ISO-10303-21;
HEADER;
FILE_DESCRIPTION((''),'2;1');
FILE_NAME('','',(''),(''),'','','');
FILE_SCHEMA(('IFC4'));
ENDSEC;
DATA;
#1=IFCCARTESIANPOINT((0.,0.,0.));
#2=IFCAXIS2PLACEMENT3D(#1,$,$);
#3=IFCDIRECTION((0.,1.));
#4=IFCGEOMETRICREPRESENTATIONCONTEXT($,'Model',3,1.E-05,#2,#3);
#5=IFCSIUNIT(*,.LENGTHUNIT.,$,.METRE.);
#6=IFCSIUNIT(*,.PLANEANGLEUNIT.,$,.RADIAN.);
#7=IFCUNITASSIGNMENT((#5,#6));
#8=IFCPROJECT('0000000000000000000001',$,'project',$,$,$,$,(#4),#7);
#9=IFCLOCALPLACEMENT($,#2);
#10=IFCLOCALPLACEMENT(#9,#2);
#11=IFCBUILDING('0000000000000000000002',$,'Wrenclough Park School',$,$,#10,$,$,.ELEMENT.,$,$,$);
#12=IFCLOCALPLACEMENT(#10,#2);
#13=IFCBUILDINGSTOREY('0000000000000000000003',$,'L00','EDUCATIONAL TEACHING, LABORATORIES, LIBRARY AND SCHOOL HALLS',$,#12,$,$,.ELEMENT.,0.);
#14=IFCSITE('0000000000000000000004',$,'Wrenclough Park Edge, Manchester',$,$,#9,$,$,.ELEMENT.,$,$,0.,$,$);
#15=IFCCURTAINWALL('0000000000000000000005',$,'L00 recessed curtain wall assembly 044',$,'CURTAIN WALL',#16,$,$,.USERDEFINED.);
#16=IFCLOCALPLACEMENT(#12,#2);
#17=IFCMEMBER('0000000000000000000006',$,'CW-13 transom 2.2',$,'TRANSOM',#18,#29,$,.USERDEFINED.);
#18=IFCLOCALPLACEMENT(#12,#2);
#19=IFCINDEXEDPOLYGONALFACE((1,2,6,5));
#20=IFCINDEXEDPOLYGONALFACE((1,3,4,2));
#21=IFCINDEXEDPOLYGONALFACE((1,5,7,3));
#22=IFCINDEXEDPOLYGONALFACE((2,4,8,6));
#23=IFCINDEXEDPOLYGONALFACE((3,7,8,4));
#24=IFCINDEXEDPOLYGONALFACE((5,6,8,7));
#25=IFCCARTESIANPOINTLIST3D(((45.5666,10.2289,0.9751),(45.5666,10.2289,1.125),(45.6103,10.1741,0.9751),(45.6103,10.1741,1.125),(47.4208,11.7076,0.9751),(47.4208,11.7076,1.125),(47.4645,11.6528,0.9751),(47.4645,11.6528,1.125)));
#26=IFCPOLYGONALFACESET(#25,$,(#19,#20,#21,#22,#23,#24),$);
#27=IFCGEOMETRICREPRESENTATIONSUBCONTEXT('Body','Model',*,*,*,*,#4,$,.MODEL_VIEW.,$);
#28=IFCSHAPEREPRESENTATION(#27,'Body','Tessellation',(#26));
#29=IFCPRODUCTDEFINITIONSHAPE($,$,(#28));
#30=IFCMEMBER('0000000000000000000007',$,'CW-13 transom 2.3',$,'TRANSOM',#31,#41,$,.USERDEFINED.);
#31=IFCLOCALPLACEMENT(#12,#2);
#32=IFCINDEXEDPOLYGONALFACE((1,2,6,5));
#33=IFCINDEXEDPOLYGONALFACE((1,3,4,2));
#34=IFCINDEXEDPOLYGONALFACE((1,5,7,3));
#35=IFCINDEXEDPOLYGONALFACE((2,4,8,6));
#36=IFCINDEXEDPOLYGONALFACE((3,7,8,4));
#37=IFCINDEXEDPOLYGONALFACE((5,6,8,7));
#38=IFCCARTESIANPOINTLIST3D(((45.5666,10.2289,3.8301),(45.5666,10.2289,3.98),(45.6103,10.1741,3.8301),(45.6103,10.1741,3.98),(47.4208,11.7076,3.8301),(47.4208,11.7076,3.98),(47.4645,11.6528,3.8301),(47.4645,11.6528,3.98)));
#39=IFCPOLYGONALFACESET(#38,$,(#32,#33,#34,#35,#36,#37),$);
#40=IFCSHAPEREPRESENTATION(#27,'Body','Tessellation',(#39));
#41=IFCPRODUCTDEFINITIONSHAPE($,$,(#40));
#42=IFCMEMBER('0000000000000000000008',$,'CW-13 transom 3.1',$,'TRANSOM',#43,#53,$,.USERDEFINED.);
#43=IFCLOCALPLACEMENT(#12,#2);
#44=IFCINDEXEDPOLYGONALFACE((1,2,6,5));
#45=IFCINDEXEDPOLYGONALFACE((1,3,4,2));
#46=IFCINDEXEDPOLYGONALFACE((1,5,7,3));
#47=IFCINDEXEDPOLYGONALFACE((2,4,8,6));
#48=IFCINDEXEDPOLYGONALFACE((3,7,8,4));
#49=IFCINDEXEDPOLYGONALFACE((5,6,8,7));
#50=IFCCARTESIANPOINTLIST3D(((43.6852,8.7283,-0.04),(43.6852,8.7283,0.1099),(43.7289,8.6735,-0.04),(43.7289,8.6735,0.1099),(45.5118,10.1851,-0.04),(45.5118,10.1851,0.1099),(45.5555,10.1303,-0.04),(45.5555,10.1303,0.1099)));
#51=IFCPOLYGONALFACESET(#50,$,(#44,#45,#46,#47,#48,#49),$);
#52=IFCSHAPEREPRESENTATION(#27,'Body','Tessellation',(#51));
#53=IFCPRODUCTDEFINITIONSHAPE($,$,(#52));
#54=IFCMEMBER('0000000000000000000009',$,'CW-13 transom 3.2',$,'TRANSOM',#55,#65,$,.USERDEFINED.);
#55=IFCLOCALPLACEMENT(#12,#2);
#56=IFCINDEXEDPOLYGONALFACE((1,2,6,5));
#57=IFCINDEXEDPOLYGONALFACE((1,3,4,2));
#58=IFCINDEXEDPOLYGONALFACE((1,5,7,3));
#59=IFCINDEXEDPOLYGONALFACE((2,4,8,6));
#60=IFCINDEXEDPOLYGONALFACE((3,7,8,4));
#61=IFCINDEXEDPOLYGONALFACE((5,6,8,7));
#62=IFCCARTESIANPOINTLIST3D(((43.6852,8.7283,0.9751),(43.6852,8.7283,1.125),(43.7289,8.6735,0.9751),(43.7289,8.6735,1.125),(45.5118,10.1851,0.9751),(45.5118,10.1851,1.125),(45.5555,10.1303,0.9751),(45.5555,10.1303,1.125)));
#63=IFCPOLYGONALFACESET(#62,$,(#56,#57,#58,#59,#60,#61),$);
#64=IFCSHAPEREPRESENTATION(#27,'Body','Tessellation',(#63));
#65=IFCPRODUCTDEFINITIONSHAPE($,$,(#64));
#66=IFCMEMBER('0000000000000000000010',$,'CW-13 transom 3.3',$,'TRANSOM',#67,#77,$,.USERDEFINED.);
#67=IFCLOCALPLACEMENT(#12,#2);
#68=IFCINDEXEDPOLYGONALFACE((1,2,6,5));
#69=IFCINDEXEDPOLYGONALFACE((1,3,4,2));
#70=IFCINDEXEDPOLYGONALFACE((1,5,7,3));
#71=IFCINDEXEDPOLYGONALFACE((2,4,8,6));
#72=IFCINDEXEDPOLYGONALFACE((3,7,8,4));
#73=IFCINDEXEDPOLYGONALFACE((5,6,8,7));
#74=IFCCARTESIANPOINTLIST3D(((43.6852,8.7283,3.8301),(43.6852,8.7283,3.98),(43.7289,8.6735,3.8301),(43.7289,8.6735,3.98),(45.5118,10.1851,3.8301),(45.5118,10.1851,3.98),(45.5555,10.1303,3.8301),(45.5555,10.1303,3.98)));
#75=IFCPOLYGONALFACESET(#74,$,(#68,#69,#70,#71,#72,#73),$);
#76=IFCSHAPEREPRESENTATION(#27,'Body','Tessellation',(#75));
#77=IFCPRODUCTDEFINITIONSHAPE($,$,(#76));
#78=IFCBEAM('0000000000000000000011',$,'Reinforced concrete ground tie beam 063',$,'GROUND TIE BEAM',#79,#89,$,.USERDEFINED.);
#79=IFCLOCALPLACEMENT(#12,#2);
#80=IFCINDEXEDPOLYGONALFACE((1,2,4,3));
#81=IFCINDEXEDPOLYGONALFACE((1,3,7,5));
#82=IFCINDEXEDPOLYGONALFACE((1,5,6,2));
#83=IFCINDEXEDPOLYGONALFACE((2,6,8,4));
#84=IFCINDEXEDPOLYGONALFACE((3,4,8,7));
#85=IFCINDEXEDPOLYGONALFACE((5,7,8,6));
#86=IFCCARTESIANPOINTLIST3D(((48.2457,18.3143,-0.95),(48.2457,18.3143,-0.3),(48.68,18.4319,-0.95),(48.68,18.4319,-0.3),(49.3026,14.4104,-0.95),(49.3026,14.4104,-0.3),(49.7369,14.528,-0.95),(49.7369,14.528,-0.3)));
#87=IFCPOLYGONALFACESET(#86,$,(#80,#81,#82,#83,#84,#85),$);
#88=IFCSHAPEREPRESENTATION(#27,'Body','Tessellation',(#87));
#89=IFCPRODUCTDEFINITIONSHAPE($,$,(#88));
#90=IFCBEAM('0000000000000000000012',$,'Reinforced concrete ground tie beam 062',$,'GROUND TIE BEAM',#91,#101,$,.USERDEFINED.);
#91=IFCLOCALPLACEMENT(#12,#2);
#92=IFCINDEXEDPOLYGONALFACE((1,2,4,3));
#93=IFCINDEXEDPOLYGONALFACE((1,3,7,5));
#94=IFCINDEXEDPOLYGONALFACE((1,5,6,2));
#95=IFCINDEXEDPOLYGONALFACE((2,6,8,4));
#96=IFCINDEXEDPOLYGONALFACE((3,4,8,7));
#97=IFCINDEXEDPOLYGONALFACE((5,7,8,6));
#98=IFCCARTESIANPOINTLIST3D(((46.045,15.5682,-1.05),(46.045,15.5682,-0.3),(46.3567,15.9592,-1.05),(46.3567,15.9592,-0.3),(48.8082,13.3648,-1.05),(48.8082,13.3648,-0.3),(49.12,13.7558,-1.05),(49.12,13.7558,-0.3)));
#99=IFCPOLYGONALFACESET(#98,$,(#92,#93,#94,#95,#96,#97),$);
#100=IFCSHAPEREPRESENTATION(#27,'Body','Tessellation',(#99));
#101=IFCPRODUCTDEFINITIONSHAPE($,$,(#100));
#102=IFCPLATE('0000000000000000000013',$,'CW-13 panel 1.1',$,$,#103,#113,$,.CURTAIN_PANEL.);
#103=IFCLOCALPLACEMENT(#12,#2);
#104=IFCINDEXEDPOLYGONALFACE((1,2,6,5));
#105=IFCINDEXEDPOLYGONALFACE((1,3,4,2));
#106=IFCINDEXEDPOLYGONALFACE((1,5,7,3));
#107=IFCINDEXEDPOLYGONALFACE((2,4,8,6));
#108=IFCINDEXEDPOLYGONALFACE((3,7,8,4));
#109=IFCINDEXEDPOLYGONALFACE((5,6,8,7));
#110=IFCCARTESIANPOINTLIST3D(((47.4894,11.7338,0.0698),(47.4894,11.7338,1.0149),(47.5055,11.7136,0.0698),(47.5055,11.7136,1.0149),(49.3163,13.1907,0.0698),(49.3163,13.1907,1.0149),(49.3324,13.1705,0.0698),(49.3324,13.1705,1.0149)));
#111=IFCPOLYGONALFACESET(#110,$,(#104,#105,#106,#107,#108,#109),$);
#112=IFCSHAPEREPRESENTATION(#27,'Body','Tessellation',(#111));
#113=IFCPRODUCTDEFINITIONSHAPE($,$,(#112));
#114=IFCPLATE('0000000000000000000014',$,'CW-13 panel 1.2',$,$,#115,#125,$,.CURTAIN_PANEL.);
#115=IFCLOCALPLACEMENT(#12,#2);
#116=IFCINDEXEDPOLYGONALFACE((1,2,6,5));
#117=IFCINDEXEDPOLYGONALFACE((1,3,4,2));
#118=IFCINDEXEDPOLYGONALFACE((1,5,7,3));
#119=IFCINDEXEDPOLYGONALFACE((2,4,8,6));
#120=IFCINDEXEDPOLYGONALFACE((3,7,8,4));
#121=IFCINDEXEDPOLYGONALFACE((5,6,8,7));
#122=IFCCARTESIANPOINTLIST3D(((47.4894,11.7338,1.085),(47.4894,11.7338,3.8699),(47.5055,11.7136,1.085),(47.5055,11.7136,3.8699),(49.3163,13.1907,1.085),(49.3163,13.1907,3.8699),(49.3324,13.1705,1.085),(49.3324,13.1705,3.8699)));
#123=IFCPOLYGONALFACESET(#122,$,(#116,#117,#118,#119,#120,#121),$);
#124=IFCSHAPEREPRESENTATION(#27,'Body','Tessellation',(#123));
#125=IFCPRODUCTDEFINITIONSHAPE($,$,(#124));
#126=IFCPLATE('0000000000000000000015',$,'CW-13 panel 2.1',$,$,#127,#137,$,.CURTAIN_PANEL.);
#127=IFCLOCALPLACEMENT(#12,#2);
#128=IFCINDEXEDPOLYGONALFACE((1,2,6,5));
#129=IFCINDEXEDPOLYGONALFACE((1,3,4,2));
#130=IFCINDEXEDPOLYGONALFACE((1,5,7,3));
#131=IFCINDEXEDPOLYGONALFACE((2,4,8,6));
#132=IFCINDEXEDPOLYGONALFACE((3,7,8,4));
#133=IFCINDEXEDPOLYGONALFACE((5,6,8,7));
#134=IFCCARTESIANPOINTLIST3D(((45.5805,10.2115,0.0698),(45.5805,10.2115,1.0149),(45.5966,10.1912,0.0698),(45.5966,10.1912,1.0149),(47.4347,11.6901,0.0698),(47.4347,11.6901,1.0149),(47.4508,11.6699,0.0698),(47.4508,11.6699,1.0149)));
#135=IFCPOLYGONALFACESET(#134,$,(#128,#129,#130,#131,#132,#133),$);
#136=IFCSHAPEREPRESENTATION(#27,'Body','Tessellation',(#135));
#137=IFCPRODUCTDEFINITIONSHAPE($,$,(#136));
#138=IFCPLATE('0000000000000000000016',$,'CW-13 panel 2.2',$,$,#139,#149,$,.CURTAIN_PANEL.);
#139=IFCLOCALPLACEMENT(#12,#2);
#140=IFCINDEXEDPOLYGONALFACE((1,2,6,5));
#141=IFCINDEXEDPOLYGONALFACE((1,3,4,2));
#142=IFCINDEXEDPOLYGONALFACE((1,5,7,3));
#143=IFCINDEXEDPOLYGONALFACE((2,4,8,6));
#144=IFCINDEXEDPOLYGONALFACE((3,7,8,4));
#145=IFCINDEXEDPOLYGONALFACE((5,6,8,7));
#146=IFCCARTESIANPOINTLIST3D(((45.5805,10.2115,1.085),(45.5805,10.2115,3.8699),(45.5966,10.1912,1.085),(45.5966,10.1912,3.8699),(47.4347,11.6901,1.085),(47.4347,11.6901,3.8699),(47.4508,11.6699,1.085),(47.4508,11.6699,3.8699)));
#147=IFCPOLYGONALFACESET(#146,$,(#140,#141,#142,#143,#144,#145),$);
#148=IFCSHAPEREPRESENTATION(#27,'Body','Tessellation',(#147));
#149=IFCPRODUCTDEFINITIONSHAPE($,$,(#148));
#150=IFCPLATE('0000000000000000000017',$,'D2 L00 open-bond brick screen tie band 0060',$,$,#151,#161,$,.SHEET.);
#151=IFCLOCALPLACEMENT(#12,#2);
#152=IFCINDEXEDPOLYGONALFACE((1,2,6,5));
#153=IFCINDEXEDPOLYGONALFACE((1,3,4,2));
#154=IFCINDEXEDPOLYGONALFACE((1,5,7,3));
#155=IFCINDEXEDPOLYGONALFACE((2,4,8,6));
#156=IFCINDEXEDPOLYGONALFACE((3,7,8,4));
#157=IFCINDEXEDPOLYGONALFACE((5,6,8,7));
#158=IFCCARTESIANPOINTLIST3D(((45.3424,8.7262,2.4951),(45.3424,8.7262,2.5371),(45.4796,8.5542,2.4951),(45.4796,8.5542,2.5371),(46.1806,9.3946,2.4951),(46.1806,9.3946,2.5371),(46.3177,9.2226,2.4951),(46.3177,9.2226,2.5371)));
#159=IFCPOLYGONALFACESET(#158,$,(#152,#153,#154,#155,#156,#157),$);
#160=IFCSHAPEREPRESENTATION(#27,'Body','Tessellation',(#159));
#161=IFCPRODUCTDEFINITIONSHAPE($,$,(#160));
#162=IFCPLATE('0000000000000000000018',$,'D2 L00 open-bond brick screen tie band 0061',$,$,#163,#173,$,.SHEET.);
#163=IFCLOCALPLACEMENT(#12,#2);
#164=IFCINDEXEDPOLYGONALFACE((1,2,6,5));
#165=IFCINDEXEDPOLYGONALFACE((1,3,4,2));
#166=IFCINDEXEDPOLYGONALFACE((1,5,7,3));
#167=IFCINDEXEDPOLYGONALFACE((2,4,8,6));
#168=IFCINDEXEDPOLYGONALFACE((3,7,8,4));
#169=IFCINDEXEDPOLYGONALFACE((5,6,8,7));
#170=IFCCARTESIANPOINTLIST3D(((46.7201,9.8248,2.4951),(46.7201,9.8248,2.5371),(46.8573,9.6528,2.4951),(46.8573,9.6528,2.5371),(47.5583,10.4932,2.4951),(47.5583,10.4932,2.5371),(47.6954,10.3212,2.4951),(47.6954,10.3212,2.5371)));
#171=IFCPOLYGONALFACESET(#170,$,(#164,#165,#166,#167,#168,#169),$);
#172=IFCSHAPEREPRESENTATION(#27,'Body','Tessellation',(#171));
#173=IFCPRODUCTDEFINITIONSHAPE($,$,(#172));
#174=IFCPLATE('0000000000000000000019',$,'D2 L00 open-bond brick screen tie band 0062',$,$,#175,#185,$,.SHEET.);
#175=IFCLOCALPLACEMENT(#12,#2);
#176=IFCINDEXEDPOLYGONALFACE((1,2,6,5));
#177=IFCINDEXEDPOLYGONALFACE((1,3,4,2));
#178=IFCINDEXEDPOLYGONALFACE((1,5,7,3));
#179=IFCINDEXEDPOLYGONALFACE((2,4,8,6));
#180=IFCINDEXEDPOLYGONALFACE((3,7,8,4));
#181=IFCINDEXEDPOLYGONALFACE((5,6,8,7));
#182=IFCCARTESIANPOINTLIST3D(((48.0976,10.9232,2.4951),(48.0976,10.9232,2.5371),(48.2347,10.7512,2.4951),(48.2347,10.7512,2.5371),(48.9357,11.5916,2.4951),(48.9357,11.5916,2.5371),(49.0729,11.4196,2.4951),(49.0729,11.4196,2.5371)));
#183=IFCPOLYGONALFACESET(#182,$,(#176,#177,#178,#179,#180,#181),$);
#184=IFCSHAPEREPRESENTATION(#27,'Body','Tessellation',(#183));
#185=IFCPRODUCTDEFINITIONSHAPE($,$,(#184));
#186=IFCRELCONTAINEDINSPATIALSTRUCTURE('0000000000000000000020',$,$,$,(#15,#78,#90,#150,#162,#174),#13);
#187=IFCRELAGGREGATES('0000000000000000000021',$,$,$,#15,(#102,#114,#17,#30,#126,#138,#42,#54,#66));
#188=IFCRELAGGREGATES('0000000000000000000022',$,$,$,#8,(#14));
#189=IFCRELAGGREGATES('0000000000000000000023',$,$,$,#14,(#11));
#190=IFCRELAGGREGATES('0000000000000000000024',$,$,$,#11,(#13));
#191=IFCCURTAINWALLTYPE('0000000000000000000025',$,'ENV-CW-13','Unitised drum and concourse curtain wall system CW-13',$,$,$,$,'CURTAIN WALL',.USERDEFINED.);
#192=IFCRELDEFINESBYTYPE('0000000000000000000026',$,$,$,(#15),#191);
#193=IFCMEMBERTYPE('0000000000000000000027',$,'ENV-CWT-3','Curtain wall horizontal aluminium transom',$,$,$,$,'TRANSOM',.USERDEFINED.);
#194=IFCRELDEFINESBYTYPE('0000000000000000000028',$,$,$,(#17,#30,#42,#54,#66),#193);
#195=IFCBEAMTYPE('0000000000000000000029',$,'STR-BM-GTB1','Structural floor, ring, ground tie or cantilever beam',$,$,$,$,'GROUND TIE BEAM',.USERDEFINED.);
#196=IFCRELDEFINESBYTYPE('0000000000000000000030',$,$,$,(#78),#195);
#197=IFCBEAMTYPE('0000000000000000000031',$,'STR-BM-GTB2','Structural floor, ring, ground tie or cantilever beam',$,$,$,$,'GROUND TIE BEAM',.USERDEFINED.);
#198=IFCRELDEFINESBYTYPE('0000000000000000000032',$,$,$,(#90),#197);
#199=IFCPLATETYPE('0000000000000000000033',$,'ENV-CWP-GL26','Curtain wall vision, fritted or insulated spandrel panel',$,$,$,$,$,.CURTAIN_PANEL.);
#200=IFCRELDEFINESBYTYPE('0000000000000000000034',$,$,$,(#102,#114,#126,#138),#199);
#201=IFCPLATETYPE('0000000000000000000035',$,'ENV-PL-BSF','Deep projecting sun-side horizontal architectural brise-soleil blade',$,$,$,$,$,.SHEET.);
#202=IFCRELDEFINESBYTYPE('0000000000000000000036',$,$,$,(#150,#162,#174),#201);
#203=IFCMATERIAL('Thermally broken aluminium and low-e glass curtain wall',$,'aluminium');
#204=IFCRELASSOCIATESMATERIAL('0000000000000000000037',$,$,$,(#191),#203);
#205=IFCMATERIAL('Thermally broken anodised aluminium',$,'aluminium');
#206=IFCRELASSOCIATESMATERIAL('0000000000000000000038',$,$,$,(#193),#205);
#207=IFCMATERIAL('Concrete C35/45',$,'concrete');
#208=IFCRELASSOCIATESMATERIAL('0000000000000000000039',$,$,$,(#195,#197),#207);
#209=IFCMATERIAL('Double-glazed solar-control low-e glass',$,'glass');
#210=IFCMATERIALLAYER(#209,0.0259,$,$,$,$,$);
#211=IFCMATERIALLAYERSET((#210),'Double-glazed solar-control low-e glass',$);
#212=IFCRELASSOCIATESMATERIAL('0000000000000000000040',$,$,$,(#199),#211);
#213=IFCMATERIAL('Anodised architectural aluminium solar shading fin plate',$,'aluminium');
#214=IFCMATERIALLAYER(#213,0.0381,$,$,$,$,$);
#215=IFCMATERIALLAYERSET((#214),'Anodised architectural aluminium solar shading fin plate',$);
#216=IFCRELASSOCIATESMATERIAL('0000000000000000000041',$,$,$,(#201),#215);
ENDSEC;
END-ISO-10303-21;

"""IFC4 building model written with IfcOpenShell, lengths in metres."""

from ifc_helpers import new_model, si_unit, direction, frame, origin, origin_2d, place, context, subcontext, project, spatial, rectangle, extrude, material, layer, layer_set, material_profile, profile_set, type_object, element, aggregate, save


model = new_model("IFC4")

# Units and contexts
model_context = context("Model", 3, precision=1e-05, world=origin(), true_north=direction((0.0, 1.0)))
body_context = subcontext(model_context, "Body", "Model", "MODEL_VIEW")
ifc_project = project(units=[si_unit("LENGTHUNIT", "METRE"), si_unit("PLANEANGLEUNIT", "RADIAN")], contexts=[model_context])

# Site, building, storey
site_placement = place(None, origin())
site = spatial("IfcSite", under=ifc_project, at=site_placement, Name="Wrenclough Park Edge, Manchester", CompositionType="ELEMENT", RefElevation=0.0)
building_placement = place(site_placement, origin())
building = spatial("IfcBuilding", under=site, at=building_placement, Name="Wrenclough Park School", CompositionType="ELEMENT")
storey_placement = place(building_placement, origin())
storey = spatial("IfcBuildingStorey", under=building, at=storey_placement, Name="L00", Description="EDUCATIONAL TEACHING, LABORATORIES, LIBRARY AND SCHOOL HALLS", CompositionType="ELEMENT", Elevation=0.0)

# Shared definitions
ifc_material_1 = material(Name="Concrete C35/45", Category="concrete")

# Curtain wall, members
ifc_material_2 = material(Name="Thermally broken aluminium and low-e glass curtain wall", Category="aluminium")
curtain_wall_type = type_object("IfcCurtainWallType", Name="ENV-CW-13", Description="Unitised drum and concourse curtain wall system CW-13", ElementType="CURTAIN WALL", PredefinedType="USERDEFINED", material=ifc_material_2)
curtain_wall_placement = place(storey_placement, origin())
curtain_wall = element("IfcCurtainWall", 1, at=curtain_wall_placement, inside=storey, type_object=curtain_wall_type, Name="L00 recessed curtain wall assembly 044", ObjectType="CURTAIN WALL", PredefinedType="USERDEFINED")
ifc_material_3 = material(Name="Thermally broken anodised aluminium", Category="aluminium")
ifc_material_profile_1 = material_profile(ifc_material_3, rectangle(XDim=0.0701, YDim=0.1499, at=origin_2d()), Name="AL TRANSOM 70x150")
ifc_profile_set_1 = profile_set([ifc_material_profile_1], Name="Thermally broken anodised aluminium")
member_type_1 = type_object("IfcMemberType", Name="ENV-CWT-3", Description="Curtain wall horizontal aluminium transom", ElementType="TRANSOM", PredefinedType="USERDEFINED", material=ifc_profile_set_1)
member_1_placement = place(storey_placement, frame((47.4426, 11.6802, 1.05), z_axis=(-0.781822, -0.623502, 0.0), x_axis=(0.623502, -0.781822, 0.0)))
member_1 = element("IfcMember", 2, at=member_1_placement, type_object=member_type_1, Name="CW-13 transom 2.2", ObjectType="TRANSOM", PredefinedType="USERDEFINED", context=body_context, shape_type="SweptSolid", body=[
    extrude(rectangle(XDim=0.0701, YDim=0.1499, at=origin_2d()), origin(), (0.0, 0.0, 1.0), 2.3716),
])
member_2_placement = place(storey_placement, frame((47.4426, 11.6802, 3.905), z_axis=(-0.781822, -0.623502, 0.0), x_axis=(0.623502, -0.781822, 0.0)))
member_2 = element("IfcMember", 3, at=member_2_placement, type_object=member_type_1, Name="CW-13 transom 2.3", ObjectType="TRANSOM", PredefinedType="USERDEFINED", context=body_context, shape_type="SweptSolid", body=[
    extrude(rectangle(XDim=0.0701, YDim=0.1499, at=origin_2d()), origin(), (0.0, 0.0, 1.0), 2.3716),
])
member_3_placement = place(storey_placement, frame((45.5337, 10.1577, 0.0349), z_axis=(-0.781816, -0.623509, 0.0), x_axis=(0.623509, -0.781816, 0.0)))
member_3 = element("IfcMember", 4, at=member_3_placement, type_object=member_type_1, Name="CW-13 transom 3.1", ObjectType="TRANSOM", PredefinedType="USERDEFINED", context=body_context, shape_type="SweptSolid", body=[
    extrude(rectangle(XDim=0.0701, YDim=0.1499, at=origin_2d()), origin(), (0.0, 0.0, 1.0), 2.3364),
])
member_4_placement = place(storey_placement, frame((45.5337, 10.1577, 1.05), z_axis=(-0.781816, -0.623509, 0.0), x_axis=(0.623509, -0.781816, 0.0)))
member_4 = element("IfcMember", 5, at=member_4_placement, type_object=member_type_1, Name="CW-13 transom 3.2", ObjectType="TRANSOM", PredefinedType="USERDEFINED", context=body_context, shape_type="SweptSolid", body=[
    extrude(rectangle(XDim=0.0701, YDim=0.1499, at=origin_2d()), origin(), (0.0, 0.0, 1.0), 2.3364),
])
member_5_placement = place(storey_placement, frame((45.5337, 10.1577, 3.905), z_axis=(-0.781816, -0.623509, 0.0), x_axis=(0.623509, -0.781816, 0.0)))
member_5 = element("IfcMember", 6, at=member_5_placement, type_object=member_type_1, Name="CW-13 transom 3.3", ObjectType="TRANSOM", PredefinedType="USERDEFINED", context=body_context, shape_type="SweptSolid", body=[
    extrude(rectangle(XDim=0.0701, YDim=0.1499, at=origin_2d()), origin(), (0.0, 0.0, 1.0), 2.3364),
])

# Beams
ifc_material_profile_2 = material_profile(ifc_material_1, rectangle(XDim=0.45, YDim=0.6499, at=origin_2d()), Name="RC GROUND 450x650")
ifc_profile_set_2 = profile_set([ifc_material_profile_2], Name="Concrete C35/45")
beam_type_1 = type_object("IfcBeamType", Name="STR-BM-GTB1", Description="Structural floor, ring, ground tie or cantilever beam", ElementType="GROUND TIE BEAM", PredefinedType="USERDEFINED", material=ifc_profile_set_2)
beam_1_placement = place(storey_placement, frame((49.5198, 14.4692, -0.625), z_axis=(-0.261324, 0.965251, 0.0), x_axis=(-0.965251, -0.261324, 0.0)))
element("IfcBeam", 7, at=beam_1_placement, inside=storey, type_object=beam_type_1, Name="Reinforced concrete ground tie beam 063", ObjectType="GROUND TIE BEAM", PredefinedType="USERDEFINED", context=body_context, shape_type="SweptSolid", body=[
    extrude(rectangle(XDim=0.45, YDim=0.6499, at=origin_2d()), origin(), (0.0, 0.0, 1.0), 4.0444),
])
ifc_material_profile_3 = material_profile(ifc_material_1, rectangle(XDim=0.5, YDim=0.75, at=origin_2d()), Name="RC GROUND 500x750")
ifc_profile_set_3 = profile_set([ifc_material_profile_3], Name="Concrete C35/45")
beam_type_2 = type_object("IfcBeamType", Name="STR-BM-GTB2", Description="Structural floor, ring, ground tie or cantilever beam", ElementType="GROUND TIE BEAM", PredefinedType="USERDEFINED", material=ifc_profile_set_3)
beam_2_placement = place(storey_placement, frame((48.9641, 13.5603, -0.675), z_axis=(-0.781859, 0.623456, 0.0), x_axis=(-0.623456, -0.781859, 0.0)))
element("IfcBeam", 8, at=beam_2_placement, inside=storey, type_object=beam_type_2, Name="Reinforced concrete ground tie beam 062", ObjectType="GROUND TIE BEAM", PredefinedType="USERDEFINED", context=body_context, shape_type="SweptSolid", body=[
    extrude(rectangle(XDim=0.5, YDim=0.75, at=origin_2d()), origin(), (0.0, 0.0, 1.0), 3.5342),
])

# Plates
ifc_material_4 = material(Name="Double-glazed solar-control low-e glass", Category="glass")
ifc_layer_1 = layer(ifc_material_4, 0.0259)
ifc_layer_set_1 = layer_set([ifc_layer_1], Name="Double-glazed solar-control low-e glass")
plate_type_1 = type_object("IfcPlateType", Name="ENV-CWP-GL26", Description="Curtain wall vision, fritted or insulated spandrel panel", PredefinedType="CURTAIN_PANEL", material=ifc_layer_set_1)
plate_1_placement = place(storey_placement, frame((48.4109, 12.4521, 0.0698), z_axis=(0.0, 0.0, 1.0), x_axis=(-0.781836, -0.623484, 0.0)))
plate_1 = element("IfcPlate", 9, at=plate_1_placement, type_object=plate_type_1, Name="CW-13 panel 1.1", PredefinedType="CURTAIN_PANEL", context=body_context, shape_type="SweptSolid", body=[
    extrude(rectangle(XDim=2.3367, YDim=0.0259, at=origin_2d()), origin(), (0.0, 0.0, 1.0), 0.9451),
])
plate_2_placement = place(storey_placement, frame((48.4109, 12.4521, 1.085), z_axis=(0.0, 0.0, 1.0), x_axis=(-0.781836, -0.623484, 0.0)))
plate_2 = element("IfcPlate", 10, at=plate_2_placement, type_object=plate_type_1, Name="CW-13 panel 1.2", PredefinedType="CURTAIN_PANEL", context=body_context, shape_type="SweptSolid", body=[
    extrude(rectangle(XDim=2.3367, YDim=0.0259, at=origin_2d()), origin(), (0.0, 0.0, 1.0), 2.7849),
])
plate_3_placement = place(storey_placement, frame((46.5156, 10.9407, 0.0698), z_axis=(0.0, 0.0, 1.0), x_axis=(-0.781836, -0.623484, 0.0)))
plate_3 = element("IfcPlate", 11, at=plate_3_placement, type_object=plate_type_1, Name="CW-13 panel 2.1", PredefinedType="CURTAIN_PANEL", context=body_context, shape_type="SweptSolid", body=[
    extrude(rectangle(XDim=2.3716, YDim=0.0259, at=origin_2d()), origin(), (0.0, 0.0, 1.0), 0.9451),
])
plate_4_placement = place(storey_placement, frame((46.5156, 10.9407, 1.085), z_axis=(0.0, 0.0, 1.0), x_axis=(-0.781836, -0.623484, 0.0)))
plate_4 = element("IfcPlate", 12, at=plate_4_placement, type_object=plate_type_1, Name="CW-13 panel 2.2", PredefinedType="CURTAIN_PANEL", context=body_context, shape_type="SweptSolid", body=[
    extrude(rectangle(XDim=2.3716, YDim=0.0259, at=origin_2d()), origin(), (0.0, 0.0, 1.0), 2.7849),
])
aggregate(curtain_wall, [plate_1, plate_2, member_1, member_2, plate_3, plate_4, member_3, member_4, member_5])

# Plates
ifc_material_5 = material(Name="Anodised architectural aluminium solar shading fin plate", Category="aluminium")
ifc_layer_2 = layer(ifc_material_5, 0.0381)
ifc_layer_set_2 = layer_set([ifc_layer_2], Name="Anodised architectural aluminium solar shading fin plate")
plate_type_2 = type_object("IfcPlateType", Name="ENV-PL-BSF", Description="Deep projecting sun-side horizontal architectural brise-soleil blade", PredefinedType="SHEET", material=ifc_layer_set_2)
for number, where, z_axis, x_axis, name in (
    (13, (45.8301, 8.9744, 2.4951), (0.0, 0.0, 1.0), (0.781833, 0.623488, 0.0), "D2 L00 open-bond brick screen tie band 0060"),
    (14, (47.2078, 10.073, 2.4951), (0.0, 0.0, 1.0), (0.781833, 0.623488, 0.0), "D2 L00 open-bond brick screen tie band 0061"),
    (15, (48.5852, 11.1714, 2.4951), (0.0, 0.0, 1.0), (0.781833, 0.623488, 0.0), "D2 L00 open-bond brick screen tie band 0062"),
):
    element("IfcPlate", number, at=place(storey_placement, frame(where, z_axis=z_axis, x_axis=x_axis)), inside=storey, type_object=plate_type_2, Name=name, PredefinedType="SHEET", context=body_context, shape_type="SweptSolid", body=[
        extrude(rectangle(XDim=1.072, YDim=0.22, at=origin_2d()), origin(), (0.0, 0.0, 1.0), 0.042),
    ])

save(model, "model.ifc")
